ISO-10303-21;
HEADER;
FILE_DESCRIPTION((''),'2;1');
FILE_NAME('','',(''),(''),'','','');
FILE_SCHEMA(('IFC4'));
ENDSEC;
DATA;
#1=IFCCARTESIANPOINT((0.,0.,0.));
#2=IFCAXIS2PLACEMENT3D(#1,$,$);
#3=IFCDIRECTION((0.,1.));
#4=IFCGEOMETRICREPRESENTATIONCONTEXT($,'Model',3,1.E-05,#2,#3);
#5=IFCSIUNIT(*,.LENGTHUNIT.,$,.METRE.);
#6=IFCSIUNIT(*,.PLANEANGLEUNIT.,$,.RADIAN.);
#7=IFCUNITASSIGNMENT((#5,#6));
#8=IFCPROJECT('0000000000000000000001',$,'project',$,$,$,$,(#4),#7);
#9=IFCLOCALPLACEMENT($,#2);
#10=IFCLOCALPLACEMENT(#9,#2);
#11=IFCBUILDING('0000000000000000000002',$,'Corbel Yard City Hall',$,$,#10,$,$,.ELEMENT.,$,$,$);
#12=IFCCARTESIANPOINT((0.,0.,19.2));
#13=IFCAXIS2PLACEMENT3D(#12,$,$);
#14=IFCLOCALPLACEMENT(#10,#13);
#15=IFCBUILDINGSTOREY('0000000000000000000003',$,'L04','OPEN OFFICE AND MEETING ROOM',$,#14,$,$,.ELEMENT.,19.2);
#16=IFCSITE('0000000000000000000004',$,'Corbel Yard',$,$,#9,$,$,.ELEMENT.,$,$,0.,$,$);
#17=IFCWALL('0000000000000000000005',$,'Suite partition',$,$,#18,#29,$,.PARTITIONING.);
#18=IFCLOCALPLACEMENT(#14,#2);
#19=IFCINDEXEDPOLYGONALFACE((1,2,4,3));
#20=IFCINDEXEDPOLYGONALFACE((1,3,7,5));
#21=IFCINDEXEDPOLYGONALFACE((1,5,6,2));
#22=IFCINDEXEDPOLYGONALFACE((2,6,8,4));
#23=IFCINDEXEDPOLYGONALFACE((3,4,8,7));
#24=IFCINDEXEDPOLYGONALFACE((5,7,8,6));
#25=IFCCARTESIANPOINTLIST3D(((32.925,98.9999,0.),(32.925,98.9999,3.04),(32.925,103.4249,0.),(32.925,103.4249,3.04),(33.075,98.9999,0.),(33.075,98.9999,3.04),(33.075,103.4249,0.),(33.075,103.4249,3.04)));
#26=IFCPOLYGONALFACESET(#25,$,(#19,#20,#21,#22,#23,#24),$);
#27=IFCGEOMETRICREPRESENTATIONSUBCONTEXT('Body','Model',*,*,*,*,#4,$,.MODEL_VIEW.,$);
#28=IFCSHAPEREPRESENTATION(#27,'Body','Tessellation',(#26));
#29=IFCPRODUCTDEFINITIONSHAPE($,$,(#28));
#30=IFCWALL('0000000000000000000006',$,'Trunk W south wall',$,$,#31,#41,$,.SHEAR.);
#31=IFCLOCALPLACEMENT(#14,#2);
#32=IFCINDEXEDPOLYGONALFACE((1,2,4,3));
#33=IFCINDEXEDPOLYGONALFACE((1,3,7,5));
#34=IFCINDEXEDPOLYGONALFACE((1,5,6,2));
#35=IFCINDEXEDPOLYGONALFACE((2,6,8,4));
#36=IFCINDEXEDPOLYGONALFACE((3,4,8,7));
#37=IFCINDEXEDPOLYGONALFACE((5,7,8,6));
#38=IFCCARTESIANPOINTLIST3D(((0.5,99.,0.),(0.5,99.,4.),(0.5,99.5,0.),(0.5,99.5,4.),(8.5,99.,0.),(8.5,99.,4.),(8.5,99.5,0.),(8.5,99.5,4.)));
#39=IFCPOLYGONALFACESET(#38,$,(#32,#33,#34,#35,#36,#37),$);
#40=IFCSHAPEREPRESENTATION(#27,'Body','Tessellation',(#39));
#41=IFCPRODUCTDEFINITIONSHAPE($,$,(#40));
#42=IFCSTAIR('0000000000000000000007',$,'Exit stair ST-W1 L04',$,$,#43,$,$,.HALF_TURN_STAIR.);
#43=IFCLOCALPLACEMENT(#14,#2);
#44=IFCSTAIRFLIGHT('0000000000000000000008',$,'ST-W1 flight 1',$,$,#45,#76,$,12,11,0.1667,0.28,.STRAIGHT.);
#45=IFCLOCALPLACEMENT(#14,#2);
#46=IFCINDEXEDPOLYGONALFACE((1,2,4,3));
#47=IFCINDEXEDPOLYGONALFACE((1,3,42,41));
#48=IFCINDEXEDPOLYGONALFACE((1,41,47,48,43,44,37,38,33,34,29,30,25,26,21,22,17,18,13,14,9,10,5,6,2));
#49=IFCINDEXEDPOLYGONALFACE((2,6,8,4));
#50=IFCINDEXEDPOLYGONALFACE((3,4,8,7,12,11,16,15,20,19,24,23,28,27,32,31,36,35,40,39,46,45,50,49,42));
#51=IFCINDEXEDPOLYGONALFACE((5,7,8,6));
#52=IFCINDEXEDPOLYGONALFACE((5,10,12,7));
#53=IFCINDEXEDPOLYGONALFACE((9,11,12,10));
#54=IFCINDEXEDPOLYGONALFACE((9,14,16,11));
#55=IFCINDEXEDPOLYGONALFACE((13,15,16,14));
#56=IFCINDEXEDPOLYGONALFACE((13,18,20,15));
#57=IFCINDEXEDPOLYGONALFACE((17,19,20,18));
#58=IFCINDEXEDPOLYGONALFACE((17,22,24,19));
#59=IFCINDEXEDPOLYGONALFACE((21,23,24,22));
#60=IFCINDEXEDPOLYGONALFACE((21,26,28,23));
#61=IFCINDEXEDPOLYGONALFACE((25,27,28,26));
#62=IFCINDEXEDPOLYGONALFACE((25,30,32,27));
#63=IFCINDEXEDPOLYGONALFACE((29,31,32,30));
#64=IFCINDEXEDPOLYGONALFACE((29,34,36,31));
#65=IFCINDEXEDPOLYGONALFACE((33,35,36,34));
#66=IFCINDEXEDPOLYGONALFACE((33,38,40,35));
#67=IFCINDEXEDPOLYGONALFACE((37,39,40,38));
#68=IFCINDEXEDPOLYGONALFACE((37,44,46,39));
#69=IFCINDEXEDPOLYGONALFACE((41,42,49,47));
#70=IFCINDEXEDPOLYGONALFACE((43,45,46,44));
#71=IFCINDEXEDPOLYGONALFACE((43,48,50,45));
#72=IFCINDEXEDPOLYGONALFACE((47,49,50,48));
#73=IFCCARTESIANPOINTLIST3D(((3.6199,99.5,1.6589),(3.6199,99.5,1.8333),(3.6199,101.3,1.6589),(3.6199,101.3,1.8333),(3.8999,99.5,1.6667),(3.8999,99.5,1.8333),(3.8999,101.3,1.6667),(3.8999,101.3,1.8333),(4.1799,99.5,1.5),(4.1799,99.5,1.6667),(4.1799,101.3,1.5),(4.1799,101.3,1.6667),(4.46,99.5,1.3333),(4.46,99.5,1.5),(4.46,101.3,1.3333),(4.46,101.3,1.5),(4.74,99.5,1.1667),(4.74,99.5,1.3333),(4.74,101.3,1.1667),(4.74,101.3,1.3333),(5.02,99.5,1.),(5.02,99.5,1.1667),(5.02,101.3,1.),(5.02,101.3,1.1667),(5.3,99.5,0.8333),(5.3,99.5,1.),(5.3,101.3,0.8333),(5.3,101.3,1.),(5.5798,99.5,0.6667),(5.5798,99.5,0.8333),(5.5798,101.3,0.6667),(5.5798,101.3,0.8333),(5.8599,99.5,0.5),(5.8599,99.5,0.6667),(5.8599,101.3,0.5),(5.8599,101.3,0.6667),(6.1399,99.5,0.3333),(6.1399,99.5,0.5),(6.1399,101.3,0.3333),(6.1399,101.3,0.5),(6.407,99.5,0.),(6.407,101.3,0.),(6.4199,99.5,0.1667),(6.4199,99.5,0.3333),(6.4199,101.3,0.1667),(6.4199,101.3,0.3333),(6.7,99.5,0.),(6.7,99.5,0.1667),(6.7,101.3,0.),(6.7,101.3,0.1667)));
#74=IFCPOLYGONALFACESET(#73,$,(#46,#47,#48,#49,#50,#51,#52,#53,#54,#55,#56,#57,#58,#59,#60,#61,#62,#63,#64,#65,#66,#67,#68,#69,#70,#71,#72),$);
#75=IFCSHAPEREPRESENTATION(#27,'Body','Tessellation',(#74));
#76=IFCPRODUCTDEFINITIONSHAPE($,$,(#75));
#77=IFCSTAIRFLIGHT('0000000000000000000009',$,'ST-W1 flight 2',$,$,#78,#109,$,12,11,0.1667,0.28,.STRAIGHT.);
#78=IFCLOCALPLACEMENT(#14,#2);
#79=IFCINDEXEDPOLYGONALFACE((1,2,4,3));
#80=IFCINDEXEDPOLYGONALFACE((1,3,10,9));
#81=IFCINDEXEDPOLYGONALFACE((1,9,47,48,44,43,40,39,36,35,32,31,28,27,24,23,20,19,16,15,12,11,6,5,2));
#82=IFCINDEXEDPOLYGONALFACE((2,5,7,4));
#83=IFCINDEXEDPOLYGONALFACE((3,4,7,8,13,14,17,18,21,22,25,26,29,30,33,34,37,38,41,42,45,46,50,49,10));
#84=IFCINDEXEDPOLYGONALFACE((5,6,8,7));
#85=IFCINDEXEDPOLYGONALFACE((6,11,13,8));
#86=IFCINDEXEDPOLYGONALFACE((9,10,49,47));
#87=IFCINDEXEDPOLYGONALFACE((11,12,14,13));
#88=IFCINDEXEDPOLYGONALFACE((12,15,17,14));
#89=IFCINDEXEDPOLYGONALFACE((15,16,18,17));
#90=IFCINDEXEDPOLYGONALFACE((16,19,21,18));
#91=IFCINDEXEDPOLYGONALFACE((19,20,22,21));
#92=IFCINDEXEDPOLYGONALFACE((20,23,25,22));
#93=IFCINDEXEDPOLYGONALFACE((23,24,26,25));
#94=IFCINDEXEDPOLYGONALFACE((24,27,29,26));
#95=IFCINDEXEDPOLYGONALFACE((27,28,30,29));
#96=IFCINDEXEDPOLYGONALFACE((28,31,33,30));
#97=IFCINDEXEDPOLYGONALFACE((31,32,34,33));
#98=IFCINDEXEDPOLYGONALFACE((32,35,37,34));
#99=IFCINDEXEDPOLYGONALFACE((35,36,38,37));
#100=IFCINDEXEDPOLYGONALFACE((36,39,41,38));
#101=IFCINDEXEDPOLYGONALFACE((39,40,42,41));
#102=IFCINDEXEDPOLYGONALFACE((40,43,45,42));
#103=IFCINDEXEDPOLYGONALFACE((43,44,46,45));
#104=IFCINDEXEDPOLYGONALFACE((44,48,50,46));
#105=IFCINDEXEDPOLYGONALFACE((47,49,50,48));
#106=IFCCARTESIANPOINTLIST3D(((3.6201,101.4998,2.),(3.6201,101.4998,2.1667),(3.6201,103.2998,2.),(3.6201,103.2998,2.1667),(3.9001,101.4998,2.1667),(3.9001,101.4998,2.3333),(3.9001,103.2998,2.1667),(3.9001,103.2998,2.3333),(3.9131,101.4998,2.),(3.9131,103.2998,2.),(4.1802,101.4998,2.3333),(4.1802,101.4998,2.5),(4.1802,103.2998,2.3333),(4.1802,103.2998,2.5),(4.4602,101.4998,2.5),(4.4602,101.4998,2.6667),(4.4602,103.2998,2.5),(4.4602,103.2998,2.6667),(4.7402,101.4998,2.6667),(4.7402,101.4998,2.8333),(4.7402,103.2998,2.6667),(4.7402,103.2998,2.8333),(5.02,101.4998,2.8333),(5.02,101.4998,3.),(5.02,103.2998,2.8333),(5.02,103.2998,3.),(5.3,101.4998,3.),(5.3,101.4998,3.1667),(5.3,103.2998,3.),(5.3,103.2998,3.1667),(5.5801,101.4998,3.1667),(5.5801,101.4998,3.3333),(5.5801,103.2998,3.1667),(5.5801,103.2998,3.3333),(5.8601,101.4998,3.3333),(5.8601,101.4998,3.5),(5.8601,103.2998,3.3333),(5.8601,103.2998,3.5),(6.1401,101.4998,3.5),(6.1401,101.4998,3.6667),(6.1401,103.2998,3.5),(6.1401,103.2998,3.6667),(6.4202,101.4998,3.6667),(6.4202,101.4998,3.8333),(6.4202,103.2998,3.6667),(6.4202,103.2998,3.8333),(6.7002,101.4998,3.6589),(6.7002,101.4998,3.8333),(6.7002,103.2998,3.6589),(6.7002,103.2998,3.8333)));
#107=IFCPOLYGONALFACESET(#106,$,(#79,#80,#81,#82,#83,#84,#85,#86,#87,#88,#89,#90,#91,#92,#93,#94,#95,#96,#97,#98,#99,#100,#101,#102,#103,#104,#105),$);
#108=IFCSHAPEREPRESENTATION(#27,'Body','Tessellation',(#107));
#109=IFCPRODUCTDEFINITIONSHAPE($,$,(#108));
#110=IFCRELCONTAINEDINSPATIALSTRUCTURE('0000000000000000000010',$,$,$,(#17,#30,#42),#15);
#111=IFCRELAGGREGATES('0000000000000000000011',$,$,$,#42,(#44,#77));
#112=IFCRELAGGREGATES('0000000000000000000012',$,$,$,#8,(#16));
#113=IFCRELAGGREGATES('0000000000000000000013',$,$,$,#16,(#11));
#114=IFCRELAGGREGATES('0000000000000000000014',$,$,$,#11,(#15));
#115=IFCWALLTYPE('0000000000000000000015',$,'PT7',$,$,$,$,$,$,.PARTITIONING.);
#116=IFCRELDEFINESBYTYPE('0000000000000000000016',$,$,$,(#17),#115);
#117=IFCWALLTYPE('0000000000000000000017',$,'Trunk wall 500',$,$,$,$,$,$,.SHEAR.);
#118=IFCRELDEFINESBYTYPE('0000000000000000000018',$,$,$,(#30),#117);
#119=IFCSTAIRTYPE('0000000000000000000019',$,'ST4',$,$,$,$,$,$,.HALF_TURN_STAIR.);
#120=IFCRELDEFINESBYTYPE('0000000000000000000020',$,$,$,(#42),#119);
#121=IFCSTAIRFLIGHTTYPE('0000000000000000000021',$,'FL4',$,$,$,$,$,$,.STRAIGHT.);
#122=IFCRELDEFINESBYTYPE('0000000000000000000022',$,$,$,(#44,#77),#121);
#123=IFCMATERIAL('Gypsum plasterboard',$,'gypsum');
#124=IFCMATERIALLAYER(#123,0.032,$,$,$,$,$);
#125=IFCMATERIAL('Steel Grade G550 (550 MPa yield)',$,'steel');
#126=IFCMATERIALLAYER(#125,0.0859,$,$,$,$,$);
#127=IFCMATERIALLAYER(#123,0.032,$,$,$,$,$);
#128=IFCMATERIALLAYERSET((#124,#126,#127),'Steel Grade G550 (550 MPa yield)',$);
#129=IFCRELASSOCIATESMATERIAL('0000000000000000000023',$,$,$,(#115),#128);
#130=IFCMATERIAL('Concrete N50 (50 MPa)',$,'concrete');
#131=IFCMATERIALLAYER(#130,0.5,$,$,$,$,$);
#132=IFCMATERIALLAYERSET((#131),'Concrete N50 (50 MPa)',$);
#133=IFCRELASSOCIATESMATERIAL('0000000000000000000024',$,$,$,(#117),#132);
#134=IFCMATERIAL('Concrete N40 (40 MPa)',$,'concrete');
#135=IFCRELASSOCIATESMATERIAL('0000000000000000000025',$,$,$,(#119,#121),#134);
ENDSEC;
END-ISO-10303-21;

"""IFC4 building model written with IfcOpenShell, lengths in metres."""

from ifc_helpers import new_model, si_unit, direction, frame, frame_2d, origin, place, context, subcontext, project, spatial, polyline, rectangle, outline, extrude, material, layer, layer_set, type_object, element, aggregate, save


model = new_model("IFC4")

# Units and contexts
model_context = context("Model", 3, precision=1e-05, world=origin(), true_north=direction((0.0, 1.0)))
body_context = subcontext(model_context, "Body", "Model", "MODEL_VIEW")
ifc_project = project(units=[si_unit("LENGTHUNIT", "METRE"), si_unit("PLANEANGLEUNIT", "RADIAN")], contexts=[model_context])

# Site, building, storey
site_placement = place(None, origin())
site = spatial("IfcSite", under=ifc_project, at=site_placement, Name="Corbel Yard", CompositionType="ELEMENT", RefElevation=0.0)
building_placement = place(site_placement, origin())
building = spatial("IfcBuilding", under=site, at=building_placement, Name="Corbel Yard City Hall", CompositionType="ELEMENT")
storey_placement = place(building_placement, frame((0.0, 0.0, 19.2)))
storey = spatial("IfcBuildingStorey", under=building, at=storey_placement, Name="L04", Description="OPEN OFFICE AND MEETING ROOM", CompositionType="ELEMENT", Elevation=19.2)

# Shared definitions
ifc_material_1 = material(Name="Concrete N40 (40 MPa)", Category="concrete")
ifc_material_2 = material(Name="Gypsum plasterboard", Category="gypsum")
ifc_material_3 = material(Name="Steel Grade G550 (550 MPa yield)", Category="steel")

# Walls
ifc_layer_1 = layer(ifc_material_2, 0.032)
ifc_layer_2 = layer(ifc_material_3, 0.0859)
ifc_layer_3 = layer(ifc_material_2, 0.032)
ifc_layer_set_1 = layer_set([ifc_layer_1, ifc_layer_2, ifc_layer_3], Name="Steel Grade G550 (550 MPa yield)")
wall_type_1 = type_object("IfcWallType", Name="PT7", PredefinedType="PARTITIONING", material=ifc_layer_set_1)
wall_1_placement = place(storey_placement, frame((33.0, 99.0, 0.0), z_axis=(0.0, 0.0, 1.0), x_axis=(0.0, 1.0, 0.0)))
element("IfcWall", 1, at=wall_1_placement, inside=storey, type_object=wall_type_1, Name="Suite partition", PredefinedType="PARTITIONING", context=body_context, shape_type="SweptSolid", body=[
    extrude(rectangle(XDim=4.425, YDim=0.1499, at=frame_2d((2.2124, 0.0))), origin(), (0.0, 0.0, 1.0), 3.04),
])
ifc_material_4 = material(Name="Concrete N50 (50 MPa)", Category="concrete")
ifc_layer_4 = layer(ifc_material_4, 0.5)
ifc_layer_set_2 = layer_set([ifc_layer_4], Name="Concrete N50 (50 MPa)")
wall_type_2 = type_object("IfcWallType", Name="Trunk wall 500", PredefinedType="SHEAR", material=ifc_layer_set_2)
wall_2_placement = place(storey_placement, frame((0.5, 99.25, 0.0), z_axis=(0.0, 0.0, 1.0), x_axis=(1.0, 0.0, 0.0)))
element("IfcWall", 2, at=wall_2_placement, inside=storey, type_object=wall_type_2, Name="Trunk W south wall", PredefinedType="SHEAR", context=body_context, shape_type="SweptSolid", body=[
    extrude(rectangle(XDim=8.0, YDim=0.5, at=frame_2d((4.0, 0.0))), origin(), (0.0, 0.0, 1.0), 4.0),
])

# Stair, stair flights
stair_type = type_object("IfcStairType", Name="ST4", PredefinedType="HALF_TURN_STAIR", material=ifc_material_1)
stair_placement = place(storey_placement, origin())
stair = element("IfcStair", 3, at=stair_placement, inside=storey, type_object=stair_type, Name="Exit stair ST-W1 L04", PredefinedType="HALF_TURN_STAIR")
stair_flight_type = type_object("IfcStairFlightType", Name="FL4", PredefinedType="STRAIGHT", material=ifc_material_1)
stair_flight_1_placement = place(storey_placement, frame((6.7, 100.3999, 0.0), z_axis=(0.0, 0.0, 1.0), x_axis=(-1.0, 0.0, 0.0)))
stair_flight_1 = element("IfcStairFlight", 4, at=stair_flight_1_placement, type_object=stair_flight_type, Name="ST-W1 flight 1", NumberOfRisers=12, NumberOfTreads=11, PredefinedType="STRAIGHT", RiserHeight=0.1667, TreadLength=0.28, context=body_context, shape_type="SweptSolid", body=[
    extrude(outline(polyline([(0.0, 0.0), (0.0, 0.1667), (0.28, 0.1667), (0.28, 0.3333), (0.5601, 0.3333), (0.5601, 0.5), (0.8401, 0.5), (0.8401, 0.6667), (1.1201, 0.6667), (1.1201, 0.8333), (1.3999, 0.8333), (1.3999, 1.0), (1.6799, 1.0), (1.6799, 1.1667), (1.96, 1.1667), (1.96, 1.3333), (2.24, 1.3333), (2.24, 1.5), (2.52, 1.5), (2.52, 1.6667), (2.8, 1.6667), (2.8, 1.8333), (3.0801, 1.8333), (3.0801, 2.0), (3.0801, 1.6589), (0.293, 0.0), (0.0, 0.0)])), frame((0.0, 0.8999, 0.0), z_axis=(0.0, -1.0, 0.0), x_axis=(1.0, 0.0, 0.0)), (0.0, 0.0, 1.0), 1.8),
])
stair_flight_2_placement = place(storey_placement, frame((3.6201, 102.3999, 2.0), z_axis=(0.0, 0.0, 1.0), x_axis=(1.0, 0.0, 0.0)))
stair_flight_2 = element("IfcStairFlight", 5, at=stair_flight_2_placement, type_object=stair_flight_type, Name="ST-W1 flight 2", NumberOfRisers=12, NumberOfTreads=11, PredefinedType="STRAIGHT", RiserHeight=0.1667, TreadLength=0.28, context=body_context, shape_type="SweptSolid", body=[
    extrude(outline(polyline([(0.0, 0.0), (0.0, 0.1667), (0.28, 0.1667), (0.28, 0.3333), (0.5601, 0.3333), (0.5601, 0.5), (0.8401, 0.5), (0.8401, 0.6667), (1.1201, 0.6667), (1.1201, 0.8333), (1.3999, 0.8333), (1.3999, 1.0), (1.6799, 1.0), (1.6799, 1.1667), (1.96, 1.1667), (1.96, 1.3333), (2.24, 1.3333), (2.24, 1.5), (2.52, 1.5), (2.52, 1.6667), (2.8, 1.6667), (2.8, 1.8333), (3.0801, 1.8333), (3.0801, 2.0), (3.0801, 1.6589), (0.293, 0.0), (0.0, 0.0)])), frame((0.0, 0.8999, 0.0), z_axis=(0.0, -1.0, 0.0), x_axis=(1.0, 0.0, 0.0)), (0.0, 0.0, 1.0), 1.8),
])
aggregate(stair, [stair_flight_1, stair_flight_2])

save(model, "model.ifc")
